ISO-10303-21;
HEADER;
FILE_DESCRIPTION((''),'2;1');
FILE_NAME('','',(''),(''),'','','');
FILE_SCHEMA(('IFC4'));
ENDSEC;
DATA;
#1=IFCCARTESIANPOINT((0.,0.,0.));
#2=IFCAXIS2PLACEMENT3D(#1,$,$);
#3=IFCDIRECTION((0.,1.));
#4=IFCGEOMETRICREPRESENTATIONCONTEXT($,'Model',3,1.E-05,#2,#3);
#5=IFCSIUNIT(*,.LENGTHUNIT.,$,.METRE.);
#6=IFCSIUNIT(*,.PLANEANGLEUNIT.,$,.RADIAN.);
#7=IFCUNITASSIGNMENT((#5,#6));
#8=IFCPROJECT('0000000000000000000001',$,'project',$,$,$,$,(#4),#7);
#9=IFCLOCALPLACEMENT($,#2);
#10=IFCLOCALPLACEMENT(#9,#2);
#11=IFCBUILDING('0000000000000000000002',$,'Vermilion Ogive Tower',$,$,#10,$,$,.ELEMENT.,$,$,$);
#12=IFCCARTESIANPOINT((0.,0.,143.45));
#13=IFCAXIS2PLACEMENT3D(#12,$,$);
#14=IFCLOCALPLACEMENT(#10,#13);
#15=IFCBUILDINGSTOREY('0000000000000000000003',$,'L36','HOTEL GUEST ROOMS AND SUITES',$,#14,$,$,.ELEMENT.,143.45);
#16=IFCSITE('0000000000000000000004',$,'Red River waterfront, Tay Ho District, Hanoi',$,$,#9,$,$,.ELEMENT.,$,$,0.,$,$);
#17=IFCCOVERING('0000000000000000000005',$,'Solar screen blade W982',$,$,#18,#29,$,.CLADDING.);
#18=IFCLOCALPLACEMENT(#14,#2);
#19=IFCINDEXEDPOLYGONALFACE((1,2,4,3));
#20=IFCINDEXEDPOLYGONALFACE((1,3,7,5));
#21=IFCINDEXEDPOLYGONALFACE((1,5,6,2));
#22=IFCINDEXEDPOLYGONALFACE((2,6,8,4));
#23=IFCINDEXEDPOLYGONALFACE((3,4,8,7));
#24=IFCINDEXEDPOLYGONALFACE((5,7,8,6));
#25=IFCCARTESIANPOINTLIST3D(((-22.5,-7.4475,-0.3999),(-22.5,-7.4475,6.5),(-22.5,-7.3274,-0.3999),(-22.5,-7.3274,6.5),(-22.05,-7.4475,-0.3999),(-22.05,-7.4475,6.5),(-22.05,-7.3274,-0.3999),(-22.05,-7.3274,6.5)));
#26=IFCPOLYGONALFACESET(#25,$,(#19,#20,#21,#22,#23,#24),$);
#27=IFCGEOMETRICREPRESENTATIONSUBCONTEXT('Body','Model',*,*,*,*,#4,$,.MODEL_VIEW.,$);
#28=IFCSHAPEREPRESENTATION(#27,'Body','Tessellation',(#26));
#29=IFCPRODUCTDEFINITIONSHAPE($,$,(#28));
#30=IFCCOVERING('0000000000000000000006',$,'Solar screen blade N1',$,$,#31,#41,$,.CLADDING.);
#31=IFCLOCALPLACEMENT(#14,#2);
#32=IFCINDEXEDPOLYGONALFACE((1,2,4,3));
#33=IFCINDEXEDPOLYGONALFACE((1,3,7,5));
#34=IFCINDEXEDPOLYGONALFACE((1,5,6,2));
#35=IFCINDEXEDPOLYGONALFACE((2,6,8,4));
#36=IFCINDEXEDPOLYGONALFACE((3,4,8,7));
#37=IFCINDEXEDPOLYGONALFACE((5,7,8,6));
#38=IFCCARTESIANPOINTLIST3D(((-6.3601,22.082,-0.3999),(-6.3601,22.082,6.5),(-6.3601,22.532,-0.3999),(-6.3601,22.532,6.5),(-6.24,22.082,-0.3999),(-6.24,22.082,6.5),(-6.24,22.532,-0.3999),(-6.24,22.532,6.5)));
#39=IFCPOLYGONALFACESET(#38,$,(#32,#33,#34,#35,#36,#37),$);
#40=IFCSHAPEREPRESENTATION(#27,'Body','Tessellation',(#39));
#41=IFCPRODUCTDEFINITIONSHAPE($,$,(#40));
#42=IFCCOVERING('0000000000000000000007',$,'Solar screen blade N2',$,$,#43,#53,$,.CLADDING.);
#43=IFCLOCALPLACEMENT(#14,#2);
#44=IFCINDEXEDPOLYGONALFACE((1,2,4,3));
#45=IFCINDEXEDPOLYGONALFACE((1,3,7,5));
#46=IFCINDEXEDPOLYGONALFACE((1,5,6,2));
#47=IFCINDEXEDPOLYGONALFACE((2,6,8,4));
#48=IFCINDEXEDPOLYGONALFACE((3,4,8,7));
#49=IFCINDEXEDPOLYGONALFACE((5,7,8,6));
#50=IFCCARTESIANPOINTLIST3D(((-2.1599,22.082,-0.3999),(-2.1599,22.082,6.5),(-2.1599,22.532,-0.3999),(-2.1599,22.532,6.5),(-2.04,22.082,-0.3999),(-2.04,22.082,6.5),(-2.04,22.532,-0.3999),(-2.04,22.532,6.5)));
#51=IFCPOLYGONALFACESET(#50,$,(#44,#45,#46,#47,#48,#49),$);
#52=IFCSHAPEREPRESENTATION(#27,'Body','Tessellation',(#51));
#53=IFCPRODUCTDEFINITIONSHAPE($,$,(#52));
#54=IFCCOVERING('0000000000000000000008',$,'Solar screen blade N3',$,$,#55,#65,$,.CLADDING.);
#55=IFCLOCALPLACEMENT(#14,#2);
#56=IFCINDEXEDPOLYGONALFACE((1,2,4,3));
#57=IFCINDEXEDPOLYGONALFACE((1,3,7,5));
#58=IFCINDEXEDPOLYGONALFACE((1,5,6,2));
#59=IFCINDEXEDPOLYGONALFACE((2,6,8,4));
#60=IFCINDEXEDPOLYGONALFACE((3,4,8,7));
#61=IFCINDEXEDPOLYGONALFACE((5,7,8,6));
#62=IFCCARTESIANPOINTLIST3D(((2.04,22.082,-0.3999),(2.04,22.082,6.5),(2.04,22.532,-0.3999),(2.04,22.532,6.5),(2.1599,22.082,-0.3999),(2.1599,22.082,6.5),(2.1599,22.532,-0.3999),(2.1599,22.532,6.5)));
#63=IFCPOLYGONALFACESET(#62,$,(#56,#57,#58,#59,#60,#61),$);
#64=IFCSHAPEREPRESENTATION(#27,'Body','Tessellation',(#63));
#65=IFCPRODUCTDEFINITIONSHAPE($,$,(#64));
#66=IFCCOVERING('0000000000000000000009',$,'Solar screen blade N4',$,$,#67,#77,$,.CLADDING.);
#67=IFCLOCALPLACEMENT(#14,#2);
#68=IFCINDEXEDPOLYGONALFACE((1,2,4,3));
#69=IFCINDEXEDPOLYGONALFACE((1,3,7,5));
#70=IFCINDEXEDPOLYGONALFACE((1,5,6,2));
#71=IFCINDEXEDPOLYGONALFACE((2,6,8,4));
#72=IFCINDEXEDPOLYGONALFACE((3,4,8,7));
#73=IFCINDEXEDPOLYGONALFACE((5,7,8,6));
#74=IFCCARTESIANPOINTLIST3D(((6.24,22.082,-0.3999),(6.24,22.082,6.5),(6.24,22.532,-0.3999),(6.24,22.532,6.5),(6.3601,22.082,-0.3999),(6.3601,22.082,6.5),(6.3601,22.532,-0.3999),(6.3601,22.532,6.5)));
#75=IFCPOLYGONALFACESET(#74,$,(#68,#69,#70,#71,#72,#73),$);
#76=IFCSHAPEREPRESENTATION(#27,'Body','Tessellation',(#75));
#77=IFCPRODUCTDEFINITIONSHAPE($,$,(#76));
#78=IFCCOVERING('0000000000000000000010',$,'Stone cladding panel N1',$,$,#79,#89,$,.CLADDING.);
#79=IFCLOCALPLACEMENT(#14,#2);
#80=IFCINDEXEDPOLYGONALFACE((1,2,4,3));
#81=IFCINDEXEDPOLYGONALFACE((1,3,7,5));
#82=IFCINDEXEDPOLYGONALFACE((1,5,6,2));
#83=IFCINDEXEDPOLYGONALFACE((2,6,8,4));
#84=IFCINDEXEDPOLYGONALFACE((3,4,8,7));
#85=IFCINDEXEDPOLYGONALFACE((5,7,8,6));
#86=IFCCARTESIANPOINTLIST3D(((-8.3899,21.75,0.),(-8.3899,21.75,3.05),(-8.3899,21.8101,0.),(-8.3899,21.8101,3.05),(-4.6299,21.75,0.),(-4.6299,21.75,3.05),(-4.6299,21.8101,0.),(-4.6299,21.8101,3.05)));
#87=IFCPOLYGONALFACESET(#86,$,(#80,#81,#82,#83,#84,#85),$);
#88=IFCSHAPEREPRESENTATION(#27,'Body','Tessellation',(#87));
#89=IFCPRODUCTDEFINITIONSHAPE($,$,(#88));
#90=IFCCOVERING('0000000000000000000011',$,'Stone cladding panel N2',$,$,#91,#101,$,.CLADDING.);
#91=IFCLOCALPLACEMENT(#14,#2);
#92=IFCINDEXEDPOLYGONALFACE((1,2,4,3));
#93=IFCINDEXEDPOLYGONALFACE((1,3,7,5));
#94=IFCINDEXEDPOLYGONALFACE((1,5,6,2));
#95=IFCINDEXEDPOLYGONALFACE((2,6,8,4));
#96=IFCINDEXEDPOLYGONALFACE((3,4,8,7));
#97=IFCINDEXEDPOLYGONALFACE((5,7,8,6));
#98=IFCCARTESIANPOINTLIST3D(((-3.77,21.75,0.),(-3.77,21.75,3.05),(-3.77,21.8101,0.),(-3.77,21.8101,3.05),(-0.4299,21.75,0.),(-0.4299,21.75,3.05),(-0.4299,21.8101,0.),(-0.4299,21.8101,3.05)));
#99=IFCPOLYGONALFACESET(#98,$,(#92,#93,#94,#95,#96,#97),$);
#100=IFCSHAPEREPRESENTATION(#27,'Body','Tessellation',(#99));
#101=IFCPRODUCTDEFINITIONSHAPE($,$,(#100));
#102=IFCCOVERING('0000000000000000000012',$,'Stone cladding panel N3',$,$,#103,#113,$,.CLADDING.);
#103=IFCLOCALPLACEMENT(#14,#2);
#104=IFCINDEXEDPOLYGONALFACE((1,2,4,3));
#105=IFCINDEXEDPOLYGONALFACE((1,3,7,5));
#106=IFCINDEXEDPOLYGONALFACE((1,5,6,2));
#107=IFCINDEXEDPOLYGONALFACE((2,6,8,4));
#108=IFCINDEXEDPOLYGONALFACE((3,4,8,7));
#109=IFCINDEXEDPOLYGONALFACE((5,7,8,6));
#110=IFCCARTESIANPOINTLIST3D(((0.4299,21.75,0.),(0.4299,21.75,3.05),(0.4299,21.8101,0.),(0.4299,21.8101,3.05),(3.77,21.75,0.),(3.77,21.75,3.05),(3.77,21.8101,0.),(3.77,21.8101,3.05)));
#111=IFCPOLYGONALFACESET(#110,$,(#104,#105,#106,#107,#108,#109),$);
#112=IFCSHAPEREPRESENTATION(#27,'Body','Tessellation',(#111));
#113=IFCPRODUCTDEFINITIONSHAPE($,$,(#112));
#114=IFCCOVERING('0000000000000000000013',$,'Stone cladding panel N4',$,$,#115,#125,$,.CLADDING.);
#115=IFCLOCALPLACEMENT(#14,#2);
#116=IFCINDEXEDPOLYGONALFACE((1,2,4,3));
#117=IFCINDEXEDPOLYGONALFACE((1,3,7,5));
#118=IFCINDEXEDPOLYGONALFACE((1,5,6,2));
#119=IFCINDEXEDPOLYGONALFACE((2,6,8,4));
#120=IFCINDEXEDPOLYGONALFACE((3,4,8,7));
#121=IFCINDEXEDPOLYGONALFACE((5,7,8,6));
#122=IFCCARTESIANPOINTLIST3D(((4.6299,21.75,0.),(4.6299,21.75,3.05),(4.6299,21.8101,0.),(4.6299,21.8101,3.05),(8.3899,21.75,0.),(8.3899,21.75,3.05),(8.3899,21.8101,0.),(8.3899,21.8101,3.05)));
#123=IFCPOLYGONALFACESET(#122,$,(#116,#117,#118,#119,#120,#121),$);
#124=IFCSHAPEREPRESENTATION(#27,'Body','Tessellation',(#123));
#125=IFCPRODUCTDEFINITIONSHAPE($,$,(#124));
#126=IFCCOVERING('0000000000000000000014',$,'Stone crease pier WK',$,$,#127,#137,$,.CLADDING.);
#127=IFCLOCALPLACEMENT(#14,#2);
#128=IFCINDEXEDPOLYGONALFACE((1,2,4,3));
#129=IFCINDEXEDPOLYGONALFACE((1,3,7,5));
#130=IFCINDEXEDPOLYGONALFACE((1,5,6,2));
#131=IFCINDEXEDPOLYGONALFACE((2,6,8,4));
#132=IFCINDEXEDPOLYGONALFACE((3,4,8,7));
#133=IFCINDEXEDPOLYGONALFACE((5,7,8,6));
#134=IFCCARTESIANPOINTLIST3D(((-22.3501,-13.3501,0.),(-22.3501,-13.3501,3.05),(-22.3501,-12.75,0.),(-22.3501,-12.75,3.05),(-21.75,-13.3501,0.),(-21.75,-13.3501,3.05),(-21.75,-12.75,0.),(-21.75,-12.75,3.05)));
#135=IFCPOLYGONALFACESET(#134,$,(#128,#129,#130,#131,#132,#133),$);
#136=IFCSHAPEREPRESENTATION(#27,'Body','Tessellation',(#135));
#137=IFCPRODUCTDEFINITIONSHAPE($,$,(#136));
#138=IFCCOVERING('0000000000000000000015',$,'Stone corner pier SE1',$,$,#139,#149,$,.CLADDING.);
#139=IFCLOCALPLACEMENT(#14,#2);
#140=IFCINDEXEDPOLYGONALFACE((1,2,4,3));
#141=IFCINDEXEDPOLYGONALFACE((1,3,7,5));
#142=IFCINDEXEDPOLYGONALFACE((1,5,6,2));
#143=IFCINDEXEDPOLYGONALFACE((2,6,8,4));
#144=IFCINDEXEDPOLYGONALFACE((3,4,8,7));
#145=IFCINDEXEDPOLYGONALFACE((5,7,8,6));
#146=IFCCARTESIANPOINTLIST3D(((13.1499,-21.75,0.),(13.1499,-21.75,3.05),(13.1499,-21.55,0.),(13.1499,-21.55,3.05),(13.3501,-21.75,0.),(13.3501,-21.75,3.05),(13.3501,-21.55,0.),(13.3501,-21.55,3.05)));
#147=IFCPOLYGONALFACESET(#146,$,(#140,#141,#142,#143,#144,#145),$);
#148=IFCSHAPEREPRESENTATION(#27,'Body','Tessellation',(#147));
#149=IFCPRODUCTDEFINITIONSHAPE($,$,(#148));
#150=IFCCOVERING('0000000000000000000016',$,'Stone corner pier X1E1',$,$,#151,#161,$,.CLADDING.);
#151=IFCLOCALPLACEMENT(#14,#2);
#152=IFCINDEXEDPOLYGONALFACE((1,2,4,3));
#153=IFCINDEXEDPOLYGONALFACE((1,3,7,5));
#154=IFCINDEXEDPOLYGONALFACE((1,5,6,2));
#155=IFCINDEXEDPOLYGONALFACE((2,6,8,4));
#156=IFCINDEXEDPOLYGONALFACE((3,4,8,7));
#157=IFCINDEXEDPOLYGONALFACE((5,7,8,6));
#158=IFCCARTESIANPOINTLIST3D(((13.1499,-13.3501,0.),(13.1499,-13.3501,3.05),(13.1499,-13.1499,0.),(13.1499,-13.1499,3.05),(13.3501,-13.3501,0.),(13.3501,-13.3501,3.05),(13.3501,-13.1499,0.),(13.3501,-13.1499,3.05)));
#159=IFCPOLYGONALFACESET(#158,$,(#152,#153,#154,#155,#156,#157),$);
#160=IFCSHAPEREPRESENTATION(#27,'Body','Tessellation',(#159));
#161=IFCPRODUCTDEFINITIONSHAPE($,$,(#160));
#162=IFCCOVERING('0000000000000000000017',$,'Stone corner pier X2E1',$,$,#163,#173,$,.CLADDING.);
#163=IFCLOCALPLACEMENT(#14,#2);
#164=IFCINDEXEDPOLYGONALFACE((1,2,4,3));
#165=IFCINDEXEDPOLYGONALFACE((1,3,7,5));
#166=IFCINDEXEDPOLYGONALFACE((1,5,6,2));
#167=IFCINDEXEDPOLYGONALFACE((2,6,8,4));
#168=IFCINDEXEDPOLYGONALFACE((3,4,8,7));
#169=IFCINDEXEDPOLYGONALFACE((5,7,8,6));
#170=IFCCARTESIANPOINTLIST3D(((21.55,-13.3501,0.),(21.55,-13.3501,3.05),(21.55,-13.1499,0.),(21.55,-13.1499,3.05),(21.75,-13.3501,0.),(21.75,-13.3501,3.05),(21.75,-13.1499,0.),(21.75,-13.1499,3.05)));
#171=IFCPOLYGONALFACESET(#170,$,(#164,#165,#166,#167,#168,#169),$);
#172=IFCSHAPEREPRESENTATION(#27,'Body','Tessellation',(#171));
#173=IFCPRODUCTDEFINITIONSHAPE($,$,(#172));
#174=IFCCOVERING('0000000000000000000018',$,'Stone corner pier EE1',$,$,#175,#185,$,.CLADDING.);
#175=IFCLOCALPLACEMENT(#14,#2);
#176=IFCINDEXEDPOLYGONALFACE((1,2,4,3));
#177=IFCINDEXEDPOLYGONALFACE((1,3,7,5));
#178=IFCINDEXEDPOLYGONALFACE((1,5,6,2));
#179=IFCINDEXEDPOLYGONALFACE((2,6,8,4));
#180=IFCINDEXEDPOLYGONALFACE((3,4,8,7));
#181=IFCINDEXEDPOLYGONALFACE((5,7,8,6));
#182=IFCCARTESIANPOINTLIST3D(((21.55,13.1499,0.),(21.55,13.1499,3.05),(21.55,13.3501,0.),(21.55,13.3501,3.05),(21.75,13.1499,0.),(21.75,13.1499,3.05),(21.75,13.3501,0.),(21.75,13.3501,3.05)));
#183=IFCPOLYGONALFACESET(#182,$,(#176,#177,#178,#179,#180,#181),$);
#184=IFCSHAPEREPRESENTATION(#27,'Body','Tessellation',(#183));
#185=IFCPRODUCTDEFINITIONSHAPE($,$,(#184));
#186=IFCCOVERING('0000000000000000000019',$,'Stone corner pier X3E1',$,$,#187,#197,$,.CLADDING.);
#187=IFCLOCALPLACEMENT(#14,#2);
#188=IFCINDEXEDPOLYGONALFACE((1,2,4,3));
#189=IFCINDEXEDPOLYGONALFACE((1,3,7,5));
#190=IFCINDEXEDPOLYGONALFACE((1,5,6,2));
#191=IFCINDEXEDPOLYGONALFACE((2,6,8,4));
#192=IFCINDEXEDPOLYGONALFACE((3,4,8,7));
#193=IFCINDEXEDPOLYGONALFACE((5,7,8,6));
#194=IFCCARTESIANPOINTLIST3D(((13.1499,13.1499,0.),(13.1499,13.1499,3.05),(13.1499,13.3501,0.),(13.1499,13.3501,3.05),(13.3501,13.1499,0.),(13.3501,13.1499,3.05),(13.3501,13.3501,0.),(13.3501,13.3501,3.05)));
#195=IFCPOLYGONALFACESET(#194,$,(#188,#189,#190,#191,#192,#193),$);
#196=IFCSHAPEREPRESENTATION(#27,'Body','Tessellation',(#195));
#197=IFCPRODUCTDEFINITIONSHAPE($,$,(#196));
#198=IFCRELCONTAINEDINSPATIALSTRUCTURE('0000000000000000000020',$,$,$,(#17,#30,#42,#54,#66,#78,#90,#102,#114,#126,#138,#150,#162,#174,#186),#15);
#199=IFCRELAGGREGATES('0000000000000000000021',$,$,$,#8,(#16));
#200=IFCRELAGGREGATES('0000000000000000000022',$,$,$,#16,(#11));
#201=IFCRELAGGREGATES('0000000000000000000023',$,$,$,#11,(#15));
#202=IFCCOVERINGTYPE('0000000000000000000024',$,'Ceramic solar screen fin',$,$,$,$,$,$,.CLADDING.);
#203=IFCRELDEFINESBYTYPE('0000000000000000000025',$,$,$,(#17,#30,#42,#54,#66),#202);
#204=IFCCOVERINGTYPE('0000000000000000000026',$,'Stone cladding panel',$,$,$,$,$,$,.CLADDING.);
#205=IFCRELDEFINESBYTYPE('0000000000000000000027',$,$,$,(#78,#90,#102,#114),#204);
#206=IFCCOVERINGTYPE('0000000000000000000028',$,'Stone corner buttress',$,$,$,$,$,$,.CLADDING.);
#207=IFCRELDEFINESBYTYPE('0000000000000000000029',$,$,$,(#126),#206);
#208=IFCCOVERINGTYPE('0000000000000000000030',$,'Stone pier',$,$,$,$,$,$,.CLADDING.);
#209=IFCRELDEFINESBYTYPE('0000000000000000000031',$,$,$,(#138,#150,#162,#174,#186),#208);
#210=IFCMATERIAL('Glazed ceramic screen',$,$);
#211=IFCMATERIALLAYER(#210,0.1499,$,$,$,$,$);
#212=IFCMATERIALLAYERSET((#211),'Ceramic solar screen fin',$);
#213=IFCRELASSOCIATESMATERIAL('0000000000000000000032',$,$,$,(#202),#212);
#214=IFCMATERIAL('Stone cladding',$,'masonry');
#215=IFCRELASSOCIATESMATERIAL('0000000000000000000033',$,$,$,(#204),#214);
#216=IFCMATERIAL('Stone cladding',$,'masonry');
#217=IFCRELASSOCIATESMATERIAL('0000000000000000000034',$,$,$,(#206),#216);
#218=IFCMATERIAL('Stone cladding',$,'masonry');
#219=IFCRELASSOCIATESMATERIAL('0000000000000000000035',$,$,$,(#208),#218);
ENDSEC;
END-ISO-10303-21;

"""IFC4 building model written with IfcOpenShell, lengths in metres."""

from ifc_helpers import new_model, si_unit, direction, frame, origin, place, context, subcontext, project, spatial, polyline, outline, extrude, material, layer, layer_set, type_object, element, save


model = new_model("IFC4")

# Units and contexts
model_context = context("Model", 3, precision=1e-05, world=origin(), true_north=direction((0.0, 1.0)))
body_context = subcontext(model_context, "Body", "Model", "MODEL_VIEW")
ifc_project = project(units=[si_unit("LENGTHUNIT", "METRE"), si_unit("PLANEANGLEUNIT", "RADIAN")], contexts=[model_context])

# Site, building, storey
site_placement = place(None, origin())
site = spatial("IfcSite", under=ifc_project, at=site_placement, Name="Red River waterfront, Tay Ho District, Hanoi", CompositionType="ELEMENT", RefElevation=0.0)
building_placement = place(site_placement, origin())
building = spatial("IfcBuilding", under=site, at=building_placement, Name="Vermilion Ogive Tower", CompositionType="ELEMENT")
storey_placement = place(building_placement, frame((0.0, 0.0, 143.45)))
storey = spatial("IfcBuildingStorey", under=building, at=storey_placement, Name="L36", Description="HOTEL GUEST ROOMS AND SUITES", CompositionType="ELEMENT", Elevation=143.45)

# Coverings
ifc_material_1 = material(Name="Glazed ceramic screen")
ifc_layer = layer(ifc_material_1, 0.1499)
ifc_layer_set = layer_set([ifc_layer], Name="Ceramic solar screen fin")
covering_type_1 = type_object("IfcCoveringType", Name="Ceramic solar screen fin", PredefinedType="CLADDING", material=ifc_layer_set)
covering_1_placement = place(storey_placement, frame((0.0, 0.0, -0.3999)))
element("IfcCovering", 1, at=covering_1_placement, inside=storey, type_object=covering_type_1, Name="Solar screen blade W982", PredefinedType="CLADDING", context=body_context, shape_type="SweptSolid", body=[
    extrude(outline(polyline([(-22.5, -7.3274), (-22.5, -7.4475), (-22.05, -7.4475), (-22.05, -7.3274), (-22.5, -7.3274)])), origin(), (0.0, 0.0, 1.0), 6.8999),
])
covering_2_placement = place(storey_placement, frame((0.0, 0.0, -0.3999)))
element("IfcCovering", 2, at=covering_2_placement, inside=storey, type_object=covering_type_1, Name="Solar screen blade N1", PredefinedType="CLADDING", context=body_context, shape_type="SweptSolid", body=[
    extrude(outline(polyline([(-6.3601, 22.082), (-6.24, 22.082), (-6.24, 22.532), (-6.3601, 22.532), (-6.3601, 22.082)])), origin(), (0.0, 0.0, 1.0), 6.8999),
])
covering_3_placement = place(storey_placement, frame((0.0, 0.0, -0.3999)))
element("IfcCovering", 3, at=covering_3_placement, inside=storey, type_object=covering_type_1, Name="Solar screen blade N2", PredefinedType="CLADDING", context=body_context, shape_type="SweptSolid", body=[
    extrude(outline(polyline([(-2.1599, 22.082), (-2.04, 22.082), (-2.04, 22.532), (-2.1599, 22.532), (-2.1599, 22.082)])), origin(), (0.0, 0.0, 1.0), 6.8999),
])
covering_4_placement = place(storey_placement, frame((0.0, 0.0, -0.3999)))
element("IfcCovering", 4, at=covering_4_placement, inside=storey, type_object=covering_type_1, Name="Solar screen blade N3", PredefinedType="CLADDING", context=body_context, shape_type="SweptSolid", body=[
    extrude(outline(polyline([(2.04, 22.082), (2.1599, 22.082), (2.1599, 22.532), (2.04, 22.532), (2.04, 22.082)])), origin(), (0.0, 0.0, 1.0), 6.8999),
])
covering_5_placement = place(storey_placement, frame((0.0, 0.0, -0.3999)))
element("IfcCovering", 5, at=covering_5_placement, inside=storey, type_object=covering_type_1, Name="Solar screen blade N4", PredefinedType="CLADDING", context=body_context, shape_type="SweptSolid", body=[
    extrude(outline(polyline([(6.24, 22.082), (6.3601, 22.082), (6.3601, 22.532), (6.24, 22.532), (6.24, 22.082)])), origin(), (0.0, 0.0, 1.0), 6.8999),
])
ifc_material_2 = material(Name="Stone cladding", Category="masonry")
covering_type_2 = type_object("IfcCoveringType", Name="Stone cladding panel", PredefinedType="CLADDING", material=ifc_material_2)
covering_6_placement = place(storey_placement, origin())
element("IfcCovering", 6, at=covering_6_placement, inside=storey, type_object=covering_type_2, Name="Stone cladding panel N1", PredefinedType="CLADDING", context=body_context, shape_type="SweptSolid", body=[
    extrude(outline(polyline([(-8.3899, 21.75), (-4.6299, 21.75), (-4.6299, 21.8101), (-8.3899, 21.8101), (-8.3899, 21.75)])), origin(), (0.0, 0.0, 1.0), 3.05),
])
covering_7_placement = place(storey_placement, origin())
element("IfcCovering", 7, at=covering_7_placement, inside=storey, type_object=covering_type_2, Name="Stone cladding panel N2", PredefinedType="CLADDING", context=body_context, shape_type="SweptSolid", body=[
    extrude(outline(polyline([(-3.77, 21.75), (-0.4299, 21.75), (-0.4299, 21.8101), (-3.77, 21.8101), (-3.77, 21.75)])), origin(), (0.0, 0.0, 1.0), 3.05),
])
covering_8_placement = place(storey_placement, origin())
element("IfcCovering", 8, at=covering_8_placement, inside=storey, type_object=covering_type_2, Name="Stone cladding panel N3", PredefinedType="CLADDING", context=body_context, shape_type="SweptSolid", body=[
    extrude(outline(polyline([(0.4299, 21.75), (3.77, 21.75), (3.77, 21.8101), (0.4299, 21.8101), (0.4299, 21.75)])), origin(), (0.0, 0.0, 1.0), 3.05),
])
covering_9_placement = place(storey_placement, origin())
element("IfcCovering", 9, at=covering_9_placement, inside=storey, type_object=covering_type_2, Name="Stone cladding panel N4", PredefinedType="CLADDING", context=body_context, shape_type="SweptSolid", body=[
    extrude(outline(polyline([(4.6299, 21.75), (8.3899, 21.75), (8.3899, 21.8101), (4.6299, 21.8101), (4.6299, 21.75)])), origin(), (0.0, 0.0, 1.0), 3.05),
])
ifc_material_3 = material(Name="Stone cladding", Category="masonry")
covering_type_3 = type_object("IfcCoveringType", Name="Stone corner buttress", PredefinedType="CLADDING", material=ifc_material_3)
covering_10_placement = place(storey_placement, origin())
element("IfcCovering", 10, at=covering_10_placement, inside=storey, type_object=covering_type_3, Name="Stone crease pier WK", PredefinedType="CLADDING", context=body_context, shape_type="SweptSolid", body=[
    extrude(outline(polyline([(-22.3501, -12.75), (-22.3501, -13.3501), (-21.75, -13.3501), (-21.75, -12.75), (-22.3501, -12.75)])), origin(), (0.0, 0.0, 1.0), 3.05),
])
ifc_material_4 = material(Name="Stone cladding", Category="masonry")
covering_type_4 = type_object("IfcCoveringType", Name="Stone pier", PredefinedType="CLADDING", material=ifc_material_4)
covering_11_placement = place(storey_placement, origin())
element("IfcCovering", 11, at=covering_11_placement, inside=storey, type_object=covering_type_4, Name="Stone corner pier SE1", PredefinedType="CLADDING", context=body_context, shape_type="SweptSolid", body=[
    extrude(outline(polyline([(13.1499, -21.75), (13.1499, -21.55), (13.3501, -21.55), (13.3501, -21.75), (13.1499, -21.75)])), origin(), (0.0, 0.0, 1.0), 3.05),
])
covering_12_placement = place(storey_placement, origin())
element("IfcCovering", 12, at=covering_12_placement, inside=storey, type_object=covering_type_4, Name="Stone corner pier X1E1", PredefinedType="CLADDING", context=body_context, shape_type="SweptSolid", body=[
    extrude(outline(polyline([(13.1499, -13.1499), (13.3501, -13.1499), (13.3501, -13.3501), (13.1499, -13.3501), (13.1499, -13.1499)])), origin(), (0.0, 0.0, 1.0), 3.05),
])
covering_13_placement = place(storey_placement, origin())
element("IfcCovering", 13, at=covering_13_placement, inside=storey, type_object=covering_type_4, Name="Stone corner pier X2E1", PredefinedType="CLADDING", context=body_context, shape_type="SweptSolid", body=[
    extrude(outline(polyline([(21.55, -13.3501), (21.55, -13.1499), (21.75, -13.1499), (21.75, -13.3501), (21.55, -13.3501)])), origin(), (0.0, 0.0, 1.0), 3.05),
])
covering_14_placement = place(storey_placement, origin())
element("IfcCovering", 14, at=covering_14_placement, inside=storey, type_object=covering_type_4, Name="Stone corner pier EE1", PredefinedType="CLADDING", context=body_context, shape_type="SweptSolid", body=[
    extrude(outline(polyline([(21.75, 13.1499), (21.55, 13.1499), (21.55, 13.3501), (21.75, 13.3501), (21.75, 13.1499)])), origin(), (0.0, 0.0, 1.0), 3.05),
])
covering_15_placement = place(storey_placement, origin())
element("IfcCovering", 15, at=covering_15_placement, inside=storey, type_object=covering_type_4, Name="Stone corner pier X3E1", PredefinedType="CLADDING", context=body_context, shape_type="SweptSolid", body=[
    extrude(outline(polyline([(13.1499, 13.1499), (13.1499, 13.3501), (13.3501, 13.3501), (13.3501, 13.1499), (13.1499, 13.1499)])), origin(), (0.0, 0.0, 1.0), 3.05),
])

save(model, "model.ifc")
